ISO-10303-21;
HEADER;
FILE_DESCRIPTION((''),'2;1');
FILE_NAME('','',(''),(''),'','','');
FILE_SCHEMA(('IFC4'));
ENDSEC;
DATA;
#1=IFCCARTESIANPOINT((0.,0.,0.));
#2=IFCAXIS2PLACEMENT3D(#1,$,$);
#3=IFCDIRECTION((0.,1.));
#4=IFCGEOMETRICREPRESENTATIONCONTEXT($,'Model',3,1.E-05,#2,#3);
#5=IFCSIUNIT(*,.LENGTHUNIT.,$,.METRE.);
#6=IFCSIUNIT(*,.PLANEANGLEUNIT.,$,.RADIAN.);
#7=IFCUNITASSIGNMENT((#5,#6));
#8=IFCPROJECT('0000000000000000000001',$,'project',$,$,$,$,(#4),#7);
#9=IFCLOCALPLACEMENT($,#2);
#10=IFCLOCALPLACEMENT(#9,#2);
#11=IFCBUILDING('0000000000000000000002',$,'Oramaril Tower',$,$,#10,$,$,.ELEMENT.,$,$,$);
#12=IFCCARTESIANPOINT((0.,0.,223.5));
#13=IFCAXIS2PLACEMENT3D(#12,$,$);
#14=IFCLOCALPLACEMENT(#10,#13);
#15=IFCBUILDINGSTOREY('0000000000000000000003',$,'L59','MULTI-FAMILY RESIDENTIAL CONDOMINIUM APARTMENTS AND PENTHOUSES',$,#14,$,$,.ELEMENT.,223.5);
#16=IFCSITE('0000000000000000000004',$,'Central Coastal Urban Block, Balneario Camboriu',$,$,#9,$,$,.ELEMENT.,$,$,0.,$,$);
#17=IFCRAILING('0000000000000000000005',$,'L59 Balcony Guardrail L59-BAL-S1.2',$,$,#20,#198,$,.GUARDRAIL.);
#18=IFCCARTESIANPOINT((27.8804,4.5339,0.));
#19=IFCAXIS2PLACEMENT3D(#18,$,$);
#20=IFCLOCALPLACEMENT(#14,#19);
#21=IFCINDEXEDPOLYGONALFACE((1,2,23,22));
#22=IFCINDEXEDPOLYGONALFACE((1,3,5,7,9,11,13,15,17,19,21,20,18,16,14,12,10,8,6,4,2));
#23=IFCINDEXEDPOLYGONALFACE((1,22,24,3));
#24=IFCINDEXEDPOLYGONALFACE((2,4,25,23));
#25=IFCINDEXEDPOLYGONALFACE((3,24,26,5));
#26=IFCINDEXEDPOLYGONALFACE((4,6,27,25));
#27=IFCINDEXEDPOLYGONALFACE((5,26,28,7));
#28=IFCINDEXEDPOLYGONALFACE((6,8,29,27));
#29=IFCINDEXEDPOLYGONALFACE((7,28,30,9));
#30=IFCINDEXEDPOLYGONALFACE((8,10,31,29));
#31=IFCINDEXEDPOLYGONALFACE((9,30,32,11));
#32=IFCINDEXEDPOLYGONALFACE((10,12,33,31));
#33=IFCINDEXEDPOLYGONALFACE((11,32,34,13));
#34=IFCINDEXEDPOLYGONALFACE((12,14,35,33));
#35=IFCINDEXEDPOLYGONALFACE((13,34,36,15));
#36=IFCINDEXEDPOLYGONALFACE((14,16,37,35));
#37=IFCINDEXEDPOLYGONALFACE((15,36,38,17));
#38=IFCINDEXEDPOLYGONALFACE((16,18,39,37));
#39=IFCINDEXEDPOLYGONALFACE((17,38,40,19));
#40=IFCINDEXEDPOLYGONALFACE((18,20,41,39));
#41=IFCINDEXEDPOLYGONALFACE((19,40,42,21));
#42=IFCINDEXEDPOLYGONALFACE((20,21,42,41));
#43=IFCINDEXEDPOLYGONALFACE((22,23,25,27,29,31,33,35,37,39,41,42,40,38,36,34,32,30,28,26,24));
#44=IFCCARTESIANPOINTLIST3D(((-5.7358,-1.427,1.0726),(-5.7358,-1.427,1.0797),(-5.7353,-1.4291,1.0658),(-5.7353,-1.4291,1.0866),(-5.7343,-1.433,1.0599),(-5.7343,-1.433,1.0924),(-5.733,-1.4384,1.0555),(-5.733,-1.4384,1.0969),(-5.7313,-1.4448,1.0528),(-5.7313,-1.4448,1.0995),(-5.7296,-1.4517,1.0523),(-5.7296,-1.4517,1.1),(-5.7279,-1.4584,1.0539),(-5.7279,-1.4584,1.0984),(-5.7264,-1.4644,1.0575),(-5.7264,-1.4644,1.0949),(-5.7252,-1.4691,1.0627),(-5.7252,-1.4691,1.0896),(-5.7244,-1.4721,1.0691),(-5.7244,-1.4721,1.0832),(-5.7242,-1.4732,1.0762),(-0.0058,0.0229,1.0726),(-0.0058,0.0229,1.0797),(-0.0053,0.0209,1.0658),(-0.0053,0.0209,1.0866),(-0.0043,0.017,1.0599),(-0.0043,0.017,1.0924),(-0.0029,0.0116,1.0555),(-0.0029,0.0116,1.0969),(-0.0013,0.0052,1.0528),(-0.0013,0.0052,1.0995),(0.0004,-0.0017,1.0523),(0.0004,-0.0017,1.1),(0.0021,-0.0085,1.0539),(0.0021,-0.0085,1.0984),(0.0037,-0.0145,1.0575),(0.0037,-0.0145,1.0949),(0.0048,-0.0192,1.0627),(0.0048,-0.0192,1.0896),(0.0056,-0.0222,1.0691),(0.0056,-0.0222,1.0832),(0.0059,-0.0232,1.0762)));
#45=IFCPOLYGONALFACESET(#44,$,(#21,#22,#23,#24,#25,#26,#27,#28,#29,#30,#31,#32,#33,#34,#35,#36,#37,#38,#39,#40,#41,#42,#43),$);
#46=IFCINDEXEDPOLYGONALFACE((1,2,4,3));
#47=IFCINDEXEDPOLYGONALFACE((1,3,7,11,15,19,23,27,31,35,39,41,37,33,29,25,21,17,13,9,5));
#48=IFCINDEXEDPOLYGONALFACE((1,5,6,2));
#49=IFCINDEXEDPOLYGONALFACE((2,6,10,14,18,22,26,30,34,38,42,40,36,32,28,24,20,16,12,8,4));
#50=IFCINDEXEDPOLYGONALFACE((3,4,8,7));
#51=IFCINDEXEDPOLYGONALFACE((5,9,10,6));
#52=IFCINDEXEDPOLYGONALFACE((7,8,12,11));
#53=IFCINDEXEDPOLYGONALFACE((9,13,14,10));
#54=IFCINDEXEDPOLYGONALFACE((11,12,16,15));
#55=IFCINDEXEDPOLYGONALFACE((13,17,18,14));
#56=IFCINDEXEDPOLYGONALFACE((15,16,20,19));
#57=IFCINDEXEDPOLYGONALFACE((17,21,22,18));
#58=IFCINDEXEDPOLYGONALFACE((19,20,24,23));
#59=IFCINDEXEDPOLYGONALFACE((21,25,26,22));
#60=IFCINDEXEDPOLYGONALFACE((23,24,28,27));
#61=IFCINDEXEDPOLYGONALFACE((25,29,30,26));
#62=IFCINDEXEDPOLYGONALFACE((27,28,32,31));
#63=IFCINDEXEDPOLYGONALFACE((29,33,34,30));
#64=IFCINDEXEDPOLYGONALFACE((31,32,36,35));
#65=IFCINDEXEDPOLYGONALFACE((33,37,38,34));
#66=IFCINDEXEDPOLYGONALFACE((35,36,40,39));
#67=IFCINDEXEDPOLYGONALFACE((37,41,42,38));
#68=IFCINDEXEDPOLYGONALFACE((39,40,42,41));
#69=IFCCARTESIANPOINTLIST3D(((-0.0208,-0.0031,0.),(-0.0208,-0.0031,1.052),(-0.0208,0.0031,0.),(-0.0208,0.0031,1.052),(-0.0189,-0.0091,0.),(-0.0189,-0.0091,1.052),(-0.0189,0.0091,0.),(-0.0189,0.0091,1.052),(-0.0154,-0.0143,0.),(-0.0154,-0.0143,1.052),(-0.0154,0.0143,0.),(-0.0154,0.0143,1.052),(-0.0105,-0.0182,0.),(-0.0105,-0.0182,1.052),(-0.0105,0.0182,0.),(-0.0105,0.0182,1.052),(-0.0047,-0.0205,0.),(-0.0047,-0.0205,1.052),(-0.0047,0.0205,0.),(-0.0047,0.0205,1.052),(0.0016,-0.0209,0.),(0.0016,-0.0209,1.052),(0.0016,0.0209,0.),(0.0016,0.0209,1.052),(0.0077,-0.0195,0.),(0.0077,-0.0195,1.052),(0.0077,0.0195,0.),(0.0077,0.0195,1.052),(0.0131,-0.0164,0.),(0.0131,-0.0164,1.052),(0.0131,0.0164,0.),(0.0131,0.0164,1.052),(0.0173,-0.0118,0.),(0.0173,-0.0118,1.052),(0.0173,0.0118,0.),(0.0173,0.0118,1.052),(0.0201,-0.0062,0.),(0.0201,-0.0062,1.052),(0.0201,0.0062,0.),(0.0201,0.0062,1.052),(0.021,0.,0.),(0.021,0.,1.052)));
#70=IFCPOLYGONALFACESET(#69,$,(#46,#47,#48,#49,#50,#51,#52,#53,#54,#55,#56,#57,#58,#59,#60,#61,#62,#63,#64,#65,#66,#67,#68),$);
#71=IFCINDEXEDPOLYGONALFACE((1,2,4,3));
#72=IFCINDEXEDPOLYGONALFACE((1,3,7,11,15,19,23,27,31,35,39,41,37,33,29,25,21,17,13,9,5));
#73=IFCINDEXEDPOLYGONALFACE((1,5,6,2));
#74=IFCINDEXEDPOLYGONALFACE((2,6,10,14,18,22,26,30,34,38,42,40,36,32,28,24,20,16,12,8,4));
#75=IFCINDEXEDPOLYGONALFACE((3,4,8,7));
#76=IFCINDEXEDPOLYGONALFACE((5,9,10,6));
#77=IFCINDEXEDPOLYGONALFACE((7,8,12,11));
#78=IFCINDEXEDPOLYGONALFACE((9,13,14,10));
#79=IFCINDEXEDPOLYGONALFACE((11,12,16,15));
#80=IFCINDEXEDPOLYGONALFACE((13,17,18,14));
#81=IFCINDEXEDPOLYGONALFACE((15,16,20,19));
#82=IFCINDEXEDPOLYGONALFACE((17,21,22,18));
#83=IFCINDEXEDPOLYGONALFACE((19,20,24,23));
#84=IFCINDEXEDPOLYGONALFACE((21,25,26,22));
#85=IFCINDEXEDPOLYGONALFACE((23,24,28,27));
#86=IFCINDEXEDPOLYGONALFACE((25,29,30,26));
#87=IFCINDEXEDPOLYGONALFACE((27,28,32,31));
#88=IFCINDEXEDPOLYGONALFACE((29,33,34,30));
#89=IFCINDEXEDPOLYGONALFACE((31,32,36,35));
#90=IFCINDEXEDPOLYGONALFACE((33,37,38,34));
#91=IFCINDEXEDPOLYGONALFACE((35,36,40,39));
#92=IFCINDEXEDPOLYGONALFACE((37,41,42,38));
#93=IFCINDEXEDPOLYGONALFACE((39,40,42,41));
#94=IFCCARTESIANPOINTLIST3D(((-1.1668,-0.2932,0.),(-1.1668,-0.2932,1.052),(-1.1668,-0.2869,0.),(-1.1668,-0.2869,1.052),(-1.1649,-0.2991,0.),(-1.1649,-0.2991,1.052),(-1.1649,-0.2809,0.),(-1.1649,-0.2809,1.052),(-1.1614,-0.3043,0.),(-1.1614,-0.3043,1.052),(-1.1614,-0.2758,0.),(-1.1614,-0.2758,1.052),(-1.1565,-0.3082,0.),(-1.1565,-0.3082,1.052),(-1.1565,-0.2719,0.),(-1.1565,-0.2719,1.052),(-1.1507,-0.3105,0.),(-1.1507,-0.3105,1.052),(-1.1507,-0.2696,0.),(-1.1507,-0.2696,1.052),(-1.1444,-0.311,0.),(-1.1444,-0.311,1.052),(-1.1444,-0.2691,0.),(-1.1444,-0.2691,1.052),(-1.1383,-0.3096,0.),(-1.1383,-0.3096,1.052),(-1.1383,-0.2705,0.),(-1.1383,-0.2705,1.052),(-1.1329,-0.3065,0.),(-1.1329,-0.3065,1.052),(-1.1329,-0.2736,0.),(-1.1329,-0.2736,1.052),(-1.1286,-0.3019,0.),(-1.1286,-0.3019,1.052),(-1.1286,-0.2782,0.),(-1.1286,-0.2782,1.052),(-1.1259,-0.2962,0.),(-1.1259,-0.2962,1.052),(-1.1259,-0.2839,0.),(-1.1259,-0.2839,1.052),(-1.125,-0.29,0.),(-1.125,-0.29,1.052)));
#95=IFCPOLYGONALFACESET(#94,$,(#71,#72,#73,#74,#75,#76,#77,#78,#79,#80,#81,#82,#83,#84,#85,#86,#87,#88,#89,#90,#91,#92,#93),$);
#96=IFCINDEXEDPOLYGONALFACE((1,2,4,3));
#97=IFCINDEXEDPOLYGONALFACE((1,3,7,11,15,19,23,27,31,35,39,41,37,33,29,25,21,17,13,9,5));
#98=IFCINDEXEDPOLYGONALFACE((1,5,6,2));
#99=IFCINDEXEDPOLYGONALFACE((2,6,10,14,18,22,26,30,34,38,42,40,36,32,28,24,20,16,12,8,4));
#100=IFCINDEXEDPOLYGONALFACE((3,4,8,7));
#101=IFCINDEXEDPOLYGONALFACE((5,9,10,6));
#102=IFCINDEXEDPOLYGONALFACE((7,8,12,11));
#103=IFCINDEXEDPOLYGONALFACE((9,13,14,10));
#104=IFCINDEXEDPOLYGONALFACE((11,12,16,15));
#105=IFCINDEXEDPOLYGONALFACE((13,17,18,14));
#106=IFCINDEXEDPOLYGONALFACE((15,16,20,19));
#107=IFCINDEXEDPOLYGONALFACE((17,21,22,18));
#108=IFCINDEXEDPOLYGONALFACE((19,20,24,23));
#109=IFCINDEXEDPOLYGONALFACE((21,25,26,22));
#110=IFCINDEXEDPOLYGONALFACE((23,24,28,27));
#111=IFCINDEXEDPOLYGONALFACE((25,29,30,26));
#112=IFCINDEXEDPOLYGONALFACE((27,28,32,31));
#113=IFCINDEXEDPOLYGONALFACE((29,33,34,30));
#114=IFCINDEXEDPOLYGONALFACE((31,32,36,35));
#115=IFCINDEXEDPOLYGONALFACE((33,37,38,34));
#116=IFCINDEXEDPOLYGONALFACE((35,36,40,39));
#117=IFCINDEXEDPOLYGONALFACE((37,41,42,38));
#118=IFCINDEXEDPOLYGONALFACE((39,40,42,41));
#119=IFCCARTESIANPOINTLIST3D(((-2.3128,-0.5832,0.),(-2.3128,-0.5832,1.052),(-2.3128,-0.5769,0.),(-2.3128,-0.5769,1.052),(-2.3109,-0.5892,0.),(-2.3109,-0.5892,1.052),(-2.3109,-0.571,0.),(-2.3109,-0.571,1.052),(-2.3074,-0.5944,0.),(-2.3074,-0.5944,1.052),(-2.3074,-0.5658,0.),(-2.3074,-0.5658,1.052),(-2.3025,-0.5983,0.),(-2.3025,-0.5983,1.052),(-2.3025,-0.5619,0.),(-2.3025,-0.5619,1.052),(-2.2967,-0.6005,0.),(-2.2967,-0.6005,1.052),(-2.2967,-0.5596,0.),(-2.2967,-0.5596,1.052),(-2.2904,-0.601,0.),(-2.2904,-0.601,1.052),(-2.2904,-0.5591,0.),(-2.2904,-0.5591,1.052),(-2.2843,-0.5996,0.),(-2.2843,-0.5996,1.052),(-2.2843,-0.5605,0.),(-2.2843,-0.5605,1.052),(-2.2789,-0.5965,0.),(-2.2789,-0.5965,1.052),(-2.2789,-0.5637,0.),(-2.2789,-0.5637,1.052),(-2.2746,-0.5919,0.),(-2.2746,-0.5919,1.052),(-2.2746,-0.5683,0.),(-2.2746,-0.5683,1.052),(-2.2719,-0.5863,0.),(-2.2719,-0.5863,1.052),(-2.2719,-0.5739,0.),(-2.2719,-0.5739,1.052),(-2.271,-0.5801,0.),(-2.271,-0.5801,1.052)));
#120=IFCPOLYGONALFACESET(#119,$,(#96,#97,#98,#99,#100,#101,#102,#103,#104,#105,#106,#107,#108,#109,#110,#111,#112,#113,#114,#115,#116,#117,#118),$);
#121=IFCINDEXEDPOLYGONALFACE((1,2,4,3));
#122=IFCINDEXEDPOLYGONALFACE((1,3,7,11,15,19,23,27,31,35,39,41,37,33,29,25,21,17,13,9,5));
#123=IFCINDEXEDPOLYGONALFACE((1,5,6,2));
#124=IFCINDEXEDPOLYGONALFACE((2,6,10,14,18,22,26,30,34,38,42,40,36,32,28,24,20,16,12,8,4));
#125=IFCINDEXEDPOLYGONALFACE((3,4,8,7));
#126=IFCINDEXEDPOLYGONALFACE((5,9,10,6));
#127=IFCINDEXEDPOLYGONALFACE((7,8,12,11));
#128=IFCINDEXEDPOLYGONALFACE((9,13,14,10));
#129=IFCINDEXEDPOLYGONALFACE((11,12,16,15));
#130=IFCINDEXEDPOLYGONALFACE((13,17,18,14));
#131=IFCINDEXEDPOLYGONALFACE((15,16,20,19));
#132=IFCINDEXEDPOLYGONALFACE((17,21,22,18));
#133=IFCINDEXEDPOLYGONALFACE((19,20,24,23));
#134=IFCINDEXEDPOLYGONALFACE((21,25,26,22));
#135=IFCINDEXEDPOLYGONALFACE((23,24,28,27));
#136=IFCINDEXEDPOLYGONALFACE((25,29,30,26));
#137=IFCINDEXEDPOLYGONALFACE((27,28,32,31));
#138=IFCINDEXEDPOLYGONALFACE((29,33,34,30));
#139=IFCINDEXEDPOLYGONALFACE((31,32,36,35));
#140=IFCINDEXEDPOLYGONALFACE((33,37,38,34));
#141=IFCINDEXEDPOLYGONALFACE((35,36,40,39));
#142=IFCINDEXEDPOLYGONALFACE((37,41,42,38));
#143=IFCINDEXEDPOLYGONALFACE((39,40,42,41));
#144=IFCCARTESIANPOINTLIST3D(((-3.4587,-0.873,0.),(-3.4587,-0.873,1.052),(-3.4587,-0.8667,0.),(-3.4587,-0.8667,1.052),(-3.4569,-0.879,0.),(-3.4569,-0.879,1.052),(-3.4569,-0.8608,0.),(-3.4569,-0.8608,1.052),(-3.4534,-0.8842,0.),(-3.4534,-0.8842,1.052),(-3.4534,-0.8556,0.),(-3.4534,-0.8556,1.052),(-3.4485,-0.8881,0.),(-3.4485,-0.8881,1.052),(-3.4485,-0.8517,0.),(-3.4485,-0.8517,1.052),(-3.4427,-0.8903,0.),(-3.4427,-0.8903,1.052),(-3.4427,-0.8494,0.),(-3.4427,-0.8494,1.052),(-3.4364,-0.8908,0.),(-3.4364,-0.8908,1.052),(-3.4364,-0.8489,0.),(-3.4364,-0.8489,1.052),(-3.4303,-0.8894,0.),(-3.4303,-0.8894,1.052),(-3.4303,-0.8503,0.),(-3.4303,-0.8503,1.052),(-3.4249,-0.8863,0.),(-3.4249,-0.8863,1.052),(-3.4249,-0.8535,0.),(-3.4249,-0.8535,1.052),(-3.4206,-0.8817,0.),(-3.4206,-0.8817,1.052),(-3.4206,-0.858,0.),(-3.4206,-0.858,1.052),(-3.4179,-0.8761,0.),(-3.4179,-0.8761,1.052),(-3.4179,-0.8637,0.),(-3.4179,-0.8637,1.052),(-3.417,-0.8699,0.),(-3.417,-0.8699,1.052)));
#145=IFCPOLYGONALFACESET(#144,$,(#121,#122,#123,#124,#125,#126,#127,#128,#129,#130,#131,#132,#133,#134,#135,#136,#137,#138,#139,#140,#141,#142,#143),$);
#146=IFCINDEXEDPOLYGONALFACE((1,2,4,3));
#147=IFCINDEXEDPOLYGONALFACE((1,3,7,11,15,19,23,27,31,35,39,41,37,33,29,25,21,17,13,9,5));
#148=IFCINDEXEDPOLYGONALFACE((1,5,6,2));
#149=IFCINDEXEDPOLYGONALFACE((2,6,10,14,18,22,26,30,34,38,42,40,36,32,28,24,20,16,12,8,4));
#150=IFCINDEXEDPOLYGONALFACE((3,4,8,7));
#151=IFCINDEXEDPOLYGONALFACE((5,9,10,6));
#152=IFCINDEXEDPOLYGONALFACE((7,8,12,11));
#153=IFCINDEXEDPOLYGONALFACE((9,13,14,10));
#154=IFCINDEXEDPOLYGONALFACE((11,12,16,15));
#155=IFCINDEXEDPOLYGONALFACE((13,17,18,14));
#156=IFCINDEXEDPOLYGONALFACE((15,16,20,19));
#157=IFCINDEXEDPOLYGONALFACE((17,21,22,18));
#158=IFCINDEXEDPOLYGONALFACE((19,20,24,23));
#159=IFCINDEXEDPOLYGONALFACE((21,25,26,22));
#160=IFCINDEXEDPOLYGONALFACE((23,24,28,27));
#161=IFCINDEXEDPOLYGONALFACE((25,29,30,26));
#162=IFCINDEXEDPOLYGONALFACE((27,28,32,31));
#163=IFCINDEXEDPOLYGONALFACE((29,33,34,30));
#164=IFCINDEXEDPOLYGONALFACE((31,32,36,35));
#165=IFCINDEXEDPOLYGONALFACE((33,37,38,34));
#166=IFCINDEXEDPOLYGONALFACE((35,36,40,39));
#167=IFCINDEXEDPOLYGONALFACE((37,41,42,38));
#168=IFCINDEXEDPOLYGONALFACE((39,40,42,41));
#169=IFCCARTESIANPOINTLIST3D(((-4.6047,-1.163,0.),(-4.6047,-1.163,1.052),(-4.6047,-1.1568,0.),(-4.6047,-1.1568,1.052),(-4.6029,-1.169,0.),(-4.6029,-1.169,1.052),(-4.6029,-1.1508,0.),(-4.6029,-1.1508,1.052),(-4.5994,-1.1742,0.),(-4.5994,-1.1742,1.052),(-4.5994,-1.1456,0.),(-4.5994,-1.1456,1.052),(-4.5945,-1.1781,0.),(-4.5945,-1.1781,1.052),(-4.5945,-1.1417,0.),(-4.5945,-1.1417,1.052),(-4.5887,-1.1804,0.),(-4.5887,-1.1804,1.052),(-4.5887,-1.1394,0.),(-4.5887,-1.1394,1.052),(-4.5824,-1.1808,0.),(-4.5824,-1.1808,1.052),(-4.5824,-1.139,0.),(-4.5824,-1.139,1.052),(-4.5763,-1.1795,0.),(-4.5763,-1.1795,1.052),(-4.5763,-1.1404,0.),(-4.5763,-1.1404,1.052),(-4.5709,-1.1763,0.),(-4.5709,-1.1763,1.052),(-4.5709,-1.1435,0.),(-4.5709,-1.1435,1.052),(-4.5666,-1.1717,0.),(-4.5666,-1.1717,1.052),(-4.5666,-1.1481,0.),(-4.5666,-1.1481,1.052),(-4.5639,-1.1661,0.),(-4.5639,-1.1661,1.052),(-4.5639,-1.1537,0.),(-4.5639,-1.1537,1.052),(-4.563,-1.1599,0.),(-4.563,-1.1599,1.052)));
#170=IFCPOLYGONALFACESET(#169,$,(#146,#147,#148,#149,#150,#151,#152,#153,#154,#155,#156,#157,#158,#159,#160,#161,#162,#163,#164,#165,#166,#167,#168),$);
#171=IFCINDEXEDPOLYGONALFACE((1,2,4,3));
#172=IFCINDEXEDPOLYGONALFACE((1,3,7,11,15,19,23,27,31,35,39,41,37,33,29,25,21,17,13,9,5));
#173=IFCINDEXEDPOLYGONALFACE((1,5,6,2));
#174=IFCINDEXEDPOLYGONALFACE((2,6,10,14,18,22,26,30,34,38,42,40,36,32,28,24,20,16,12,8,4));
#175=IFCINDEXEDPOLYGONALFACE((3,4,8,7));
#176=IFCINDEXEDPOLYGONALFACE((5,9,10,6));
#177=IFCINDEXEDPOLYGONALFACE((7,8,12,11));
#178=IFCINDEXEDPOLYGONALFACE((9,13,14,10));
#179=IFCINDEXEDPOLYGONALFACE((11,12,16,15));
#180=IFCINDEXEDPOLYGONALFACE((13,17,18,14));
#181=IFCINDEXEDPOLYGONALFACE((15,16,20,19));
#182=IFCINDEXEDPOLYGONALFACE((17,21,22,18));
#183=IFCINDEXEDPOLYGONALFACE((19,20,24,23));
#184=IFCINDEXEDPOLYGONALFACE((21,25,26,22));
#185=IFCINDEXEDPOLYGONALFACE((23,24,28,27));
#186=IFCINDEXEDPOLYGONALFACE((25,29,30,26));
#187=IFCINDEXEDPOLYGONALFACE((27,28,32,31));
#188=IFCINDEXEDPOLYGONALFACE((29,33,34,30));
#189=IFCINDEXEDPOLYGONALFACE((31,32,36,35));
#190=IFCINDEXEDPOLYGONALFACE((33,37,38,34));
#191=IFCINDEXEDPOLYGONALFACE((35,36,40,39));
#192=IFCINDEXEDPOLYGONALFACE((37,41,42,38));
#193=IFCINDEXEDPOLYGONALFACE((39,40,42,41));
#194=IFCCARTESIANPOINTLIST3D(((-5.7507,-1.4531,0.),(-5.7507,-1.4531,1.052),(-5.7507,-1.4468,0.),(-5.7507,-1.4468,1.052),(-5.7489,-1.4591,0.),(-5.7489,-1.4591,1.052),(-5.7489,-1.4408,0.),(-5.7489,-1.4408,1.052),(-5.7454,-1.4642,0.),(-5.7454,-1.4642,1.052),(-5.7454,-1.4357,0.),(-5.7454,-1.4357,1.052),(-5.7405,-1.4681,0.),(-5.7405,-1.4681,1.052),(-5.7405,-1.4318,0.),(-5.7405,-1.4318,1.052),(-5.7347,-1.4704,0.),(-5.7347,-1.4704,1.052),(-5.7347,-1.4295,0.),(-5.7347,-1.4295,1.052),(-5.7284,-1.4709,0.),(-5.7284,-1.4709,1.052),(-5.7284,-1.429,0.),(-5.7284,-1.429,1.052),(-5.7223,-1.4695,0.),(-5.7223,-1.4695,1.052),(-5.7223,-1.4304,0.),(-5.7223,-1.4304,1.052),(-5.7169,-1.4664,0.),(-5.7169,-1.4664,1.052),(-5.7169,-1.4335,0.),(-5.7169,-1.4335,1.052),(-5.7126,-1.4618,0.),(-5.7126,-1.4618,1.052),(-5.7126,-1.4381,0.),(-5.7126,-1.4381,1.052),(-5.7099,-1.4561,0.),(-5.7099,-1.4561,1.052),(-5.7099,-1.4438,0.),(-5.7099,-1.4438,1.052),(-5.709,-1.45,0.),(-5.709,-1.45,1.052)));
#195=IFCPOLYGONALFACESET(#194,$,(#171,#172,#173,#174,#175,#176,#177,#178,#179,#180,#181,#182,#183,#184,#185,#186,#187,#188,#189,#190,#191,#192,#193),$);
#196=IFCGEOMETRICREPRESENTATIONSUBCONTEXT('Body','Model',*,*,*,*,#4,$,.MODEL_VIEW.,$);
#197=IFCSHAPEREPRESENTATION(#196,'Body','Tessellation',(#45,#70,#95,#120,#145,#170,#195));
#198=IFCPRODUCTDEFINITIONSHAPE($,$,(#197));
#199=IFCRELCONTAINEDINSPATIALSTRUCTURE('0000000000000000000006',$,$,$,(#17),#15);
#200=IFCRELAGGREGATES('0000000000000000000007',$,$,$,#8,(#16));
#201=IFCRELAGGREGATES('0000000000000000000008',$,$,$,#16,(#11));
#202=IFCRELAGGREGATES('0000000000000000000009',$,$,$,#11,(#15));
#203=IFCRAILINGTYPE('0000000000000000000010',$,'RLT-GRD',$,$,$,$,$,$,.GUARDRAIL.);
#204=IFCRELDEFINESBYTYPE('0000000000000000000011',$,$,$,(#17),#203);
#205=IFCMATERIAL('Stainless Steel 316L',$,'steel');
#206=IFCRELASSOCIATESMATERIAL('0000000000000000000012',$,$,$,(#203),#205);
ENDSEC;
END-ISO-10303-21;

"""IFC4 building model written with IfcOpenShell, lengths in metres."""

from ifc_helpers import new_model, si_unit, direction, frame, origin, origin_2d, place, context, subcontext, project, spatial, circle, extrude, material, type_object, element, save


model = new_model("IFC4")

# Units and contexts
model_context = context("Model", 3, precision=1e-05, world=origin(), true_north=direction((0.0, 1.0)))
body_context = subcontext(model_context, "Body", "Model", "MODEL_VIEW")
ifc_project = project(units=[si_unit("LENGTHUNIT", "METRE"), si_unit("PLANEANGLEUNIT", "RADIAN")], contexts=[model_context])

# Site, building, storey
site_placement = place(None, origin())
site = spatial("IfcSite", under=ifc_project, at=site_placement, Name="Central Coastal Urban Block, Balneario Camboriu", CompositionType="ELEMENT", RefElevation=0.0)
building_placement = place(site_placement, origin())
building = spatial("IfcBuilding", under=site, at=building_placement, Name="Oramaril Tower", CompositionType="ELEMENT")
storey_placement = place(building_placement, frame((0.0, 0.0, 223.5)))
storey = spatial("IfcBuildingStorey", under=building, at=storey_placement, Name="L59", Description="MULTI-FAMILY RESIDENTIAL CONDOMINIUM APARTMENTS AND PENTHOUSES", CompositionType="ELEMENT", Elevation=223.5)

# Railing
ifc_material_1 = material(Name="Stainless Steel 316L", Category="steel")
railing_type = type_object("IfcRailingType", Name="RLT-GRD", PredefinedType="GUARDRAIL", material=ifc_material_1)
railing_1_placement = place(storey_placement, frame((27.8804, 4.5339, 0.0)))
element("IfcRailing", 1, at=railing_1_placement, inside=storey, type_object=railing_type, Name="L59 Balcony Guardrail L59-BAL-S1.2", PredefinedType="GUARDRAIL", context=body_context, shape_type="SweptSolid", body=[
    extrude(circle(Radius=0.0239, at=origin_2d()), frame((0.0, 0.0, 1.0762), z_axis=(-0.969444, -0.245314, 0.0), x_axis=(0.245314, -0.969444, 0.0)), (0.0, 0.0, 1.0), 5.9106),
    extrude(circle(Radius=0.021, at=origin_2d()), origin(), (0.0, 0.0, 1.0), 1.052),
    extrude(circle(Radius=0.021, at=origin_2d()), frame((-1.146, -0.29, 0.0)), (0.0, 0.0, 1.0), 1.052),
    extrude(circle(Radius=0.021, at=origin_2d()), frame((-2.292, -0.5801, 0.0)), (0.0, 0.0, 1.0), 1.052),
    extrude(circle(Radius=0.021, at=origin_2d()), frame((-3.438, -0.8699, 0.0)), (0.0, 0.0, 1.0), 1.052),
    extrude(circle(Radius=0.021, at=origin_2d()), frame((-4.584, -1.1599, 0.0)), (0.0, 0.0, 1.0), 1.052),
    extrude(circle(Radius=0.021, at=origin_2d()), frame((-5.73, -1.45, 0.0)), (0.0, 0.0, 1.0), 1.052),
])

save(model, "model.ifc")
